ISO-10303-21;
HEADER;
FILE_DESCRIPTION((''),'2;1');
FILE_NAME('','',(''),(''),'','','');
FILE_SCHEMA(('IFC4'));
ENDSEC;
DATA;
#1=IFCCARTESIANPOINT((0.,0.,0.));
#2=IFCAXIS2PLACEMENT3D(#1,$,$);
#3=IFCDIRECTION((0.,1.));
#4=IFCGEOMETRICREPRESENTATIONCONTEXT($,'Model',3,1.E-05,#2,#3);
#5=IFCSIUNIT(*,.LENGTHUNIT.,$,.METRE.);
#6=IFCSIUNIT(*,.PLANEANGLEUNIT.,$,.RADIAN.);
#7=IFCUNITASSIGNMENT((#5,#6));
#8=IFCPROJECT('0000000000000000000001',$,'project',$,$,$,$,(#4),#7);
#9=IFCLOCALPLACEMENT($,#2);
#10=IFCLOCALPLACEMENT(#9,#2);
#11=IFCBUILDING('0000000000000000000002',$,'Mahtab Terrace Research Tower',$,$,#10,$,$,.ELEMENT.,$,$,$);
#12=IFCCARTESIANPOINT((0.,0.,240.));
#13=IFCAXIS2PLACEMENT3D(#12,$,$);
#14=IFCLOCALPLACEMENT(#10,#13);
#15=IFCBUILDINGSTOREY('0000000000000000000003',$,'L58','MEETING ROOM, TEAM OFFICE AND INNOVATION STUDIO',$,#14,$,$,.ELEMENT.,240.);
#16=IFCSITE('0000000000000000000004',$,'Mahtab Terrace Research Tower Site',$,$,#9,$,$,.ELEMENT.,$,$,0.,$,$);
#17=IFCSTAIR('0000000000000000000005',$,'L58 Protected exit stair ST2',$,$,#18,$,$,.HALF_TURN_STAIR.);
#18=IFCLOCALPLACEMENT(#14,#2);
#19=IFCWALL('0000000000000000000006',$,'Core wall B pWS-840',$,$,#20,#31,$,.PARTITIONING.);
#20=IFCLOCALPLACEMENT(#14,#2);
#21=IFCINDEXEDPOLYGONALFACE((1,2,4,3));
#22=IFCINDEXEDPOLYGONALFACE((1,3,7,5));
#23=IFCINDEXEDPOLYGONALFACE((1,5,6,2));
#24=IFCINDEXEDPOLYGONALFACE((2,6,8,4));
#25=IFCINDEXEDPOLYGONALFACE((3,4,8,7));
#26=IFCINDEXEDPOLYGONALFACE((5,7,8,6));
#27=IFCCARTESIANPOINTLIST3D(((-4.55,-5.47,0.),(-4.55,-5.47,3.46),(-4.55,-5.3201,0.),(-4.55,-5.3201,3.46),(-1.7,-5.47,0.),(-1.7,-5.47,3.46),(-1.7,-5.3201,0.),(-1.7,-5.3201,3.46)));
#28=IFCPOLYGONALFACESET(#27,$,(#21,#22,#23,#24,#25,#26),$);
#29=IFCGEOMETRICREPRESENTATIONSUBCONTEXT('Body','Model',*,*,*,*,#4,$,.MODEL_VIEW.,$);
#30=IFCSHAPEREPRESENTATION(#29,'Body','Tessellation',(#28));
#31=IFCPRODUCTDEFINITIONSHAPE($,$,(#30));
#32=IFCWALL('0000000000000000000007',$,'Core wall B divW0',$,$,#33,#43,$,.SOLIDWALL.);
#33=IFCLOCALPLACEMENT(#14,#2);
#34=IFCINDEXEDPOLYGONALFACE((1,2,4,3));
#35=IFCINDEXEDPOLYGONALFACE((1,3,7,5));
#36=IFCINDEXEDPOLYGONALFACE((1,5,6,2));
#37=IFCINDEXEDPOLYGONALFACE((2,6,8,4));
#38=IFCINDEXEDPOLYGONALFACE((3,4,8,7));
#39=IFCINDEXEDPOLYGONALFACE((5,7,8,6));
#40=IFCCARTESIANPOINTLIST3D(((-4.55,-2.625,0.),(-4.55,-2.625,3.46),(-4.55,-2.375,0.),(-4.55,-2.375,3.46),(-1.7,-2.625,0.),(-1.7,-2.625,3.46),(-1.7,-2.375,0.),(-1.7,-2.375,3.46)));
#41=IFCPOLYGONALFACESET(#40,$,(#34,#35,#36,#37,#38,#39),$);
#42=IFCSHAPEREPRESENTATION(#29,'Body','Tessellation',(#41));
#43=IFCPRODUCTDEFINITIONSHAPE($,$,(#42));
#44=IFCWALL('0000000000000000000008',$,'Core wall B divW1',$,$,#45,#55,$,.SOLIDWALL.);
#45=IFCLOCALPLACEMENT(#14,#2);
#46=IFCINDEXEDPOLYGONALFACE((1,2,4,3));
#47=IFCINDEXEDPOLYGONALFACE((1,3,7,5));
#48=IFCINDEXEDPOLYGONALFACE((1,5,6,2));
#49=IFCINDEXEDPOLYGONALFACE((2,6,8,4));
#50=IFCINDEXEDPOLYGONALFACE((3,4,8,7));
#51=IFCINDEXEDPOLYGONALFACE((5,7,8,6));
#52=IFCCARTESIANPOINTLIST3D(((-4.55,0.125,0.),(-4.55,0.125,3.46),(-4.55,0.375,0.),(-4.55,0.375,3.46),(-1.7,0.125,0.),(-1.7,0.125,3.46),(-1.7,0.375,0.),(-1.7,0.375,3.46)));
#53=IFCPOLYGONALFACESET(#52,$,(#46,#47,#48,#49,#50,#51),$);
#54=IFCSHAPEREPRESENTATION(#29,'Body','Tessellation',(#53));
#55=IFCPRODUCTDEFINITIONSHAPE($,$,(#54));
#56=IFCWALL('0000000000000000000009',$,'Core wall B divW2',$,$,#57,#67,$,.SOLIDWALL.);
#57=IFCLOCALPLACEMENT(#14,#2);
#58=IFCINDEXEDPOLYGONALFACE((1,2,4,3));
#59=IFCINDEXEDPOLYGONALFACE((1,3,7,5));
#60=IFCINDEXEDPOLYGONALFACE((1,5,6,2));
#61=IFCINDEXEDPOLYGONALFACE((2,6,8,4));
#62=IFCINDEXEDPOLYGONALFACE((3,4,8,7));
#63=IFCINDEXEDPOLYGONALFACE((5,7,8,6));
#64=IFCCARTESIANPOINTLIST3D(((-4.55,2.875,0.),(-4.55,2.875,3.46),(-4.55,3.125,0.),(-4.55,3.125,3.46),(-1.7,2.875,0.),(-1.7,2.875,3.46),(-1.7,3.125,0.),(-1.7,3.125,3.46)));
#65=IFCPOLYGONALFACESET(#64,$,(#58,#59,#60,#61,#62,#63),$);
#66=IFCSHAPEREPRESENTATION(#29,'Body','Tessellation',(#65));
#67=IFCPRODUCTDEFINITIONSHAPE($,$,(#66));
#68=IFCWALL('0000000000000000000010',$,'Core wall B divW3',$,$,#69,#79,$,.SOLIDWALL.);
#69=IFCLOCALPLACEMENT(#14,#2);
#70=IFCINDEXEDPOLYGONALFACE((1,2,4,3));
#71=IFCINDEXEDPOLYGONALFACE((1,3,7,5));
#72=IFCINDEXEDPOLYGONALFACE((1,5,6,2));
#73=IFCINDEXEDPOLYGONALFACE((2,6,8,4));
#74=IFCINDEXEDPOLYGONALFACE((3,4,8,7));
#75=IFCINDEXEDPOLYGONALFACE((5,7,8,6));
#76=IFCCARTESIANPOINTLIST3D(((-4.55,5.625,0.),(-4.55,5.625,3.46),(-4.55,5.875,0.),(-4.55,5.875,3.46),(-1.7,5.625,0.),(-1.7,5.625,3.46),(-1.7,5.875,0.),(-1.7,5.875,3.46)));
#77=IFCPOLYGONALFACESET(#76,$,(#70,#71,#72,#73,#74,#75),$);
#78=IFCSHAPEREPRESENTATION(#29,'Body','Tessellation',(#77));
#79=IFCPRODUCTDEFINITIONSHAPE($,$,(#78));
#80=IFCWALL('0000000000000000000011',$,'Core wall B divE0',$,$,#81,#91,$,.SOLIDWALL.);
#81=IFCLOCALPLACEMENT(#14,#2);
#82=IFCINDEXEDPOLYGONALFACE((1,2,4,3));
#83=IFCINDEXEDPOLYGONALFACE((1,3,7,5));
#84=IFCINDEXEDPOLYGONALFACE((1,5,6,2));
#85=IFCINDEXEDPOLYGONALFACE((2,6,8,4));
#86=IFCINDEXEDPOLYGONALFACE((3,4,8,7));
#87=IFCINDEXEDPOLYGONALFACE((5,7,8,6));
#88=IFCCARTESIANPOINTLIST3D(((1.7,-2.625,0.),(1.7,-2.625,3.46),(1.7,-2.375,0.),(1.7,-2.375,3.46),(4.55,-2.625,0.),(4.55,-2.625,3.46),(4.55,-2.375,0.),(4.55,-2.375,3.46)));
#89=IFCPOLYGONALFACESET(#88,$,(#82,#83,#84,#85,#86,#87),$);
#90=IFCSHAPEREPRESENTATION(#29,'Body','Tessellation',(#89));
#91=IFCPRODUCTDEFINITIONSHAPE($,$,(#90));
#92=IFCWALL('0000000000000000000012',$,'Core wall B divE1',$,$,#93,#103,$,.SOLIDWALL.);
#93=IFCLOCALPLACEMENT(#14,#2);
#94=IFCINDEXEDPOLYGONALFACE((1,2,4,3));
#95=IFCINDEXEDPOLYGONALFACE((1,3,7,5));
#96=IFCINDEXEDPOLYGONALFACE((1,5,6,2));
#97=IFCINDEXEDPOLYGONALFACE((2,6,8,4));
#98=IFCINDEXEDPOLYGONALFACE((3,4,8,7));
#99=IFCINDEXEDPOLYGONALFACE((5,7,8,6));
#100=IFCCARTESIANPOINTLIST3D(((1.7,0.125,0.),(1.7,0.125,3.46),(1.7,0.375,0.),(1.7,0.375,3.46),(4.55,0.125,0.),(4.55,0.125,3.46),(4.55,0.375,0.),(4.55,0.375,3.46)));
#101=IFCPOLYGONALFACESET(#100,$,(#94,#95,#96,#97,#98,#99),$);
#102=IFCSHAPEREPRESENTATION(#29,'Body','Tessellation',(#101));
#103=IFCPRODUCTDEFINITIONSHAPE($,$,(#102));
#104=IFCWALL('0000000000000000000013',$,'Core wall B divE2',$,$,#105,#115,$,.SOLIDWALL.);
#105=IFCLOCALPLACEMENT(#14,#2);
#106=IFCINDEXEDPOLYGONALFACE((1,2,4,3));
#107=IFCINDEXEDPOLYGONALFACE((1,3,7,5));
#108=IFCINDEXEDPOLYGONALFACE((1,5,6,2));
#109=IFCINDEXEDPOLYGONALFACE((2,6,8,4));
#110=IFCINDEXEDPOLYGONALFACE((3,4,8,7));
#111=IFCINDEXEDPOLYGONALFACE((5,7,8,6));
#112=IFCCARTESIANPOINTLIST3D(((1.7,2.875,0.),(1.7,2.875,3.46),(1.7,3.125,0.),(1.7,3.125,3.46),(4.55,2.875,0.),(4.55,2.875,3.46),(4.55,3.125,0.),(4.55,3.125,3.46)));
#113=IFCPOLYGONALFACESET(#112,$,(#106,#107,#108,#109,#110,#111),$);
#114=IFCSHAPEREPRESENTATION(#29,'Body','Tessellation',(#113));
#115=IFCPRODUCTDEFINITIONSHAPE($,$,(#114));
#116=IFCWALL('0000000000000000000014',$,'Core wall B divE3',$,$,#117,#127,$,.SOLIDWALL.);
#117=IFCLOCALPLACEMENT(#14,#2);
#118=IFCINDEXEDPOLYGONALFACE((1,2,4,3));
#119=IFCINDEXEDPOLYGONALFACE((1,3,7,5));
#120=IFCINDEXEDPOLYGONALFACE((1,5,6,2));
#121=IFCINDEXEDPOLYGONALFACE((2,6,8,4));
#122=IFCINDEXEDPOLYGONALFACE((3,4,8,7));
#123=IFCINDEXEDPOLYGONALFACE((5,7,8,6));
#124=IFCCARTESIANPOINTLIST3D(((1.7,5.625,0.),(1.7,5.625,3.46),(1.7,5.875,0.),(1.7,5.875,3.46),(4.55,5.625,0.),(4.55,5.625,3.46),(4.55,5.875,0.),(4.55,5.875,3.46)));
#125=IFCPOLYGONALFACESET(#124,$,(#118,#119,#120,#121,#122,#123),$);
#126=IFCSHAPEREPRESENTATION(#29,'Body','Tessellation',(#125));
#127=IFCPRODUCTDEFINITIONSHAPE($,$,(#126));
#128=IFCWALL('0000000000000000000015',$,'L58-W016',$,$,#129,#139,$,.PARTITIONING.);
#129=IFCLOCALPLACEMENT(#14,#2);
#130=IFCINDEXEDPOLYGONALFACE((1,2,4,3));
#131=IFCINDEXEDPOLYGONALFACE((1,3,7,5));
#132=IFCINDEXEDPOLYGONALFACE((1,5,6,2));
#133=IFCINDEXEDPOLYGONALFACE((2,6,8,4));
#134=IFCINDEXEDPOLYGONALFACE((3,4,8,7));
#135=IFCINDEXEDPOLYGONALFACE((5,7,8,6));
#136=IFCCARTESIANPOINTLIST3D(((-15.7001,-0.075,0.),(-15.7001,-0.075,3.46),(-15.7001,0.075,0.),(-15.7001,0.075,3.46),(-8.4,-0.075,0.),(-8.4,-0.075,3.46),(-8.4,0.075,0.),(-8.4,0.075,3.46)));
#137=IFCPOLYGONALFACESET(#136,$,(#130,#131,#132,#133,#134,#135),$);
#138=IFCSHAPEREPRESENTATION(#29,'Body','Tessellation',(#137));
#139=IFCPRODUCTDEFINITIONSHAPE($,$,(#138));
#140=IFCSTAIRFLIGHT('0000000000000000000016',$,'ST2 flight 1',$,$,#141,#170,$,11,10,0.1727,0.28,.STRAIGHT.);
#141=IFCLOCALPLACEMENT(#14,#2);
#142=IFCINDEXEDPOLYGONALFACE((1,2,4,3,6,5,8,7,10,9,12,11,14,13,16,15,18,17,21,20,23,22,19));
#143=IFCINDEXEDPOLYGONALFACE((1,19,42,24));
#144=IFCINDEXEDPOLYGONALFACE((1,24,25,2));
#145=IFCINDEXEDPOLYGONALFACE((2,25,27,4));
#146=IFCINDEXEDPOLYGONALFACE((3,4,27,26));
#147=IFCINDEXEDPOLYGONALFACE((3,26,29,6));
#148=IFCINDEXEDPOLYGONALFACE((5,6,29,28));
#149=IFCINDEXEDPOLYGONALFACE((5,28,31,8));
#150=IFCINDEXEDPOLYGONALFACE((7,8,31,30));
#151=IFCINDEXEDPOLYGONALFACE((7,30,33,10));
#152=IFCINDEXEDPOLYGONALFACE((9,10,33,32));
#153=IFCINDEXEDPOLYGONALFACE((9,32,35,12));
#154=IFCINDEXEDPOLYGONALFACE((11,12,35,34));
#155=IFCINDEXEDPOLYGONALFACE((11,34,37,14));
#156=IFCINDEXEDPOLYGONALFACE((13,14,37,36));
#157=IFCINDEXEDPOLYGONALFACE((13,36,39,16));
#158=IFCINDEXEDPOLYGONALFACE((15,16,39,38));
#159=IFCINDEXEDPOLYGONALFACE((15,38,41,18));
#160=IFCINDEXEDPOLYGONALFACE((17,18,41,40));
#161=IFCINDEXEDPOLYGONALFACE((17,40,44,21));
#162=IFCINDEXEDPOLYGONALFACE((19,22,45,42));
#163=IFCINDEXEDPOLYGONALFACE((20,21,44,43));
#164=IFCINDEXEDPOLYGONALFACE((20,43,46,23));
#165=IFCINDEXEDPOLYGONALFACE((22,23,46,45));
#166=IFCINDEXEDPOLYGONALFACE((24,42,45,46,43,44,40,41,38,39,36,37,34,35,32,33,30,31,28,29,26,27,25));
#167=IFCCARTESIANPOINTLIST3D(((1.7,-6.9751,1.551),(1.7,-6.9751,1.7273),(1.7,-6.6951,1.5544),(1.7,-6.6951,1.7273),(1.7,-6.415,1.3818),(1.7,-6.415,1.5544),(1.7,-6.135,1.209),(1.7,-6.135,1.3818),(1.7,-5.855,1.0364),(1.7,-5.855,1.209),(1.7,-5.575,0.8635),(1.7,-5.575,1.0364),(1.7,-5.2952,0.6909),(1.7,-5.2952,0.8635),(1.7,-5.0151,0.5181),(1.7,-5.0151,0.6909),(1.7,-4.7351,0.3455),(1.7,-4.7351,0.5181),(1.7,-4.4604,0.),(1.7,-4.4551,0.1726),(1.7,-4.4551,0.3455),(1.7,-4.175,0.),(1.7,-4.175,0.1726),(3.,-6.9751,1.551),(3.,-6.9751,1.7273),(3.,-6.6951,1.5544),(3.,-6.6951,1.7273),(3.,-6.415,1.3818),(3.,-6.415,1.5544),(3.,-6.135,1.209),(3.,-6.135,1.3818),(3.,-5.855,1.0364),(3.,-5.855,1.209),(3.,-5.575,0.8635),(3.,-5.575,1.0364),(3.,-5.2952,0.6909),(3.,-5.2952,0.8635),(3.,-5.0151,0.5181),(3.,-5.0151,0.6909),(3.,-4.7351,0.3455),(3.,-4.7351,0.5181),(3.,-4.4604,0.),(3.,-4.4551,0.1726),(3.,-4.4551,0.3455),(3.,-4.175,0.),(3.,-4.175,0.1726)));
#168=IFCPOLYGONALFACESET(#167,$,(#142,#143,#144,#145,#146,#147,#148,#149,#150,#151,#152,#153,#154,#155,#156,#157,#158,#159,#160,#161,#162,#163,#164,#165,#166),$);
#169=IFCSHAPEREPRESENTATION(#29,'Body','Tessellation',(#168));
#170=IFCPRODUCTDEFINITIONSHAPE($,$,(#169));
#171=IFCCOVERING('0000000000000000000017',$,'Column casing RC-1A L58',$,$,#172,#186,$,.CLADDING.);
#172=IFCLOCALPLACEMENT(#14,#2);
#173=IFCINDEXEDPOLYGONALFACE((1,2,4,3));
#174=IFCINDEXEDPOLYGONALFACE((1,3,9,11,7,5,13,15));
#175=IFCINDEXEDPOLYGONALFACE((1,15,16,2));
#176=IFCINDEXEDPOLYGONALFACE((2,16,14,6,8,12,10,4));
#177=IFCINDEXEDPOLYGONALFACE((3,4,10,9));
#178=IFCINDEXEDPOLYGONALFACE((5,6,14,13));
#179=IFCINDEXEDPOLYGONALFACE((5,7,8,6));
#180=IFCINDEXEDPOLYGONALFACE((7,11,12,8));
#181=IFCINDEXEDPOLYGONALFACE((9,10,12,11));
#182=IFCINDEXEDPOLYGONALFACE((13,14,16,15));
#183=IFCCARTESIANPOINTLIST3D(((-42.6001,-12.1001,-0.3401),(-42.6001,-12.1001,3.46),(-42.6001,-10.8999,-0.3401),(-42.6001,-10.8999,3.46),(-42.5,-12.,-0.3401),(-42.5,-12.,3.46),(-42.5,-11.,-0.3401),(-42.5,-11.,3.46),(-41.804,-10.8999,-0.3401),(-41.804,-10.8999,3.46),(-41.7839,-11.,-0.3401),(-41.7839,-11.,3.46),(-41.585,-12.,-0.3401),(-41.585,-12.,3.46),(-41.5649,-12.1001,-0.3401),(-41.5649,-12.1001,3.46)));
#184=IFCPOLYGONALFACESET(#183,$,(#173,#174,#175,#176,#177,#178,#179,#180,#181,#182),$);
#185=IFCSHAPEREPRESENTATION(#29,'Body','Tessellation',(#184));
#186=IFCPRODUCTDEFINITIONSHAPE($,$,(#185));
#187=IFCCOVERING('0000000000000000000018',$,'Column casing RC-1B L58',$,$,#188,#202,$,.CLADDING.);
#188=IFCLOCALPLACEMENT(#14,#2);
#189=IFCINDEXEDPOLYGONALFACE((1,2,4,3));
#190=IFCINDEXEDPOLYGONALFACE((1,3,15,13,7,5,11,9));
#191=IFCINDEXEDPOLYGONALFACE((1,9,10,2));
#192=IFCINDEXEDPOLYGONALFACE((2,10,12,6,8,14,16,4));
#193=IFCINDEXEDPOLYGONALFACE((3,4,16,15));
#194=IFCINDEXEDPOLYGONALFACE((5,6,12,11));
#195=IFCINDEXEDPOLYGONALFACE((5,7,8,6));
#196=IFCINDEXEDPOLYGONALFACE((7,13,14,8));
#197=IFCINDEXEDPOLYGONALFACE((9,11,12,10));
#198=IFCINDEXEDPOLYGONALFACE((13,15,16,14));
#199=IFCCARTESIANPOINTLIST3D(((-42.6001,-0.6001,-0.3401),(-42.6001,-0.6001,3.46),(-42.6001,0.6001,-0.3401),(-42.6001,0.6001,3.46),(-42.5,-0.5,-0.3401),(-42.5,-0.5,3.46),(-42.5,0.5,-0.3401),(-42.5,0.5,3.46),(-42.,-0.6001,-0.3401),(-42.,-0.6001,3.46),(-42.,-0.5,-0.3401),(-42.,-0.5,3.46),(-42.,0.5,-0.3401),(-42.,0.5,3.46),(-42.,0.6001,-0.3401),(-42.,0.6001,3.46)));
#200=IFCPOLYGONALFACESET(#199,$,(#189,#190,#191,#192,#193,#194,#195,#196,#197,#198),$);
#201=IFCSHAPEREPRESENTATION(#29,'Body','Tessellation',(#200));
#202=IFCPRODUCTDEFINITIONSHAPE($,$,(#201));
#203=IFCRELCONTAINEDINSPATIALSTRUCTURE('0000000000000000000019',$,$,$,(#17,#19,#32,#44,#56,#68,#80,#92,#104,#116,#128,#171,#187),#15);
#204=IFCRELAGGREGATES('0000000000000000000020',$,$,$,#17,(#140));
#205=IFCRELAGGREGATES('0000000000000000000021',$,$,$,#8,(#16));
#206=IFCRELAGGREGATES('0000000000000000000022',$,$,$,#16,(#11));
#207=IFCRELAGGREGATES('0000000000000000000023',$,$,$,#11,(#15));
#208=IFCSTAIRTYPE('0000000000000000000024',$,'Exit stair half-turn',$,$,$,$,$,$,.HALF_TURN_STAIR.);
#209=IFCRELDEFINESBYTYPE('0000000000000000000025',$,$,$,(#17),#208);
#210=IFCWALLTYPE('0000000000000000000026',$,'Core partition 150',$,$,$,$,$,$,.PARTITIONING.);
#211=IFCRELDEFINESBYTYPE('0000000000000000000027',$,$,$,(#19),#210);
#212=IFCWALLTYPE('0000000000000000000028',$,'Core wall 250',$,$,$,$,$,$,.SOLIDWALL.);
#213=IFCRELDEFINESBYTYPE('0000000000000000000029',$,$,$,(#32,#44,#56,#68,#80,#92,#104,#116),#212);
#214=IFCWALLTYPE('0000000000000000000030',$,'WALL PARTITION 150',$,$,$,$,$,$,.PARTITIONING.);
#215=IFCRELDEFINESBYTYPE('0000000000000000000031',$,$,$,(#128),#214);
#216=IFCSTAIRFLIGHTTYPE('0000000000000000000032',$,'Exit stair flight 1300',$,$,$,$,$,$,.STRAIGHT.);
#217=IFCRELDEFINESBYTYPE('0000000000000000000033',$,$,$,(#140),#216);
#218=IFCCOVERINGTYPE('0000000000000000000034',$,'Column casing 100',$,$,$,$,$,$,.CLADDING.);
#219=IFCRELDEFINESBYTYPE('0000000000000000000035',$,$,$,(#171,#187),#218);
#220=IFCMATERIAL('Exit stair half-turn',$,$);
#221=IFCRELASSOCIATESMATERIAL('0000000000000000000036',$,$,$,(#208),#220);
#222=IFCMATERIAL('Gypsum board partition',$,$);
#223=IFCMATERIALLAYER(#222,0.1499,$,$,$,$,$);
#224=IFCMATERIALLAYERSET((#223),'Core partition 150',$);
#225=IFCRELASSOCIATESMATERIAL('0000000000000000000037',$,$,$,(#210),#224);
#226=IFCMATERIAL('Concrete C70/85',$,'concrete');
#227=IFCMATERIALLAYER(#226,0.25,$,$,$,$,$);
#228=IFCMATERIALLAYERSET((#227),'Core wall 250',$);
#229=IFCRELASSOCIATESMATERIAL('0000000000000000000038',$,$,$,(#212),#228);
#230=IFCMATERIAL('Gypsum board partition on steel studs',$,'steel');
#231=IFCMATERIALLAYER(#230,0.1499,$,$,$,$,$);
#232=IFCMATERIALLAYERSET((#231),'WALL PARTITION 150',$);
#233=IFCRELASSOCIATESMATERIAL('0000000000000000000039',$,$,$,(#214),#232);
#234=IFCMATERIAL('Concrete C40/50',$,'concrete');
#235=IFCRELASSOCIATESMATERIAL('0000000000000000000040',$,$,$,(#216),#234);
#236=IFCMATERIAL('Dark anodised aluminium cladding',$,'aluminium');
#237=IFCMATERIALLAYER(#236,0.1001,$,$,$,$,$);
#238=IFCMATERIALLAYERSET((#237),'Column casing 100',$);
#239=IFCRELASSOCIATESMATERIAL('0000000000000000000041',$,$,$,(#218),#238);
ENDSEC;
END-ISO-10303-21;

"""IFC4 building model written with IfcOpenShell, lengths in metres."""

from ifc_helpers import new_model, si_unit, direction, frame, frame_2d, origin, place, context, subcontext, project, spatial, polyline, rectangle, outline, extrude, material, layer, layer_set, type_object, element, aggregate, save


model = new_model("IFC4")

# Units and contexts
model_context = context("Model", 3, precision=1e-05, world=origin(), true_north=direction((0.0, 1.0)))
body_context = subcontext(model_context, "Body", "Model", "MODEL_VIEW")
ifc_project = project(units=[si_unit("LENGTHUNIT", "METRE"), si_unit("PLANEANGLEUNIT", "RADIAN")], contexts=[model_context])

# Site, building, storey
site_placement = place(None, origin())
site = spatial("IfcSite", under=ifc_project, at=site_placement, Name="Mahtab Terrace Research Tower Site", CompositionType="ELEMENT", RefElevation=0.0)
building_placement = place(site_placement, origin())
building = spatial("IfcBuilding", under=site, at=building_placement, Name="Mahtab Terrace Research Tower", CompositionType="ELEMENT")
storey_placement = place(building_placement, frame((0.0, 0.0, 240.0)))
storey = spatial("IfcBuildingStorey", under=building, at=storey_placement, Name="L58", Description="MEETING ROOM, TEAM OFFICE AND INNOVATION STUDIO", CompositionType="ELEMENT", Elevation=240.0)

# Shared definitions
ifc_material_1 = material(Name="Concrete C70/85", Category="concrete")

# Stair
ifc_material_2 = material(Name="Exit stair half-turn")
stair_type = type_object("IfcStairType", Name="Exit stair half-turn", PredefinedType="HALF_TURN_STAIR", material=ifc_material_2)
ifc_material_3 = material(Name="Concrete C40/50", Category="concrete")
stair_1_placement = place(storey_placement, origin())
stair_1 = element("IfcStair", 1, at=stair_1_placement, inside=storey, type_object=stair_type, Name="L58 Protected exit stair ST2", PredefinedType="HALF_TURN_STAIR")

# Walls
ifc_material_4 = material(Name="Gypsum board partition")
ifc_layer_1 = layer(ifc_material_4, 0.1499)
ifc_layer_set_1 = layer_set([ifc_layer_1], Name="Core partition 150")
wall_type_1 = type_object("IfcWallType", Name="Core partition 150", PredefinedType="PARTITIONING", material=ifc_layer_set_1)
wall_1_placement = place(storey_placement, frame((-4.55, -5.395, 0.0), z_axis=(0.0, 0.0, 1.0), x_axis=(1.0, 0.0, 0.0)))
element("IfcWall", 2, at=wall_1_placement, inside=storey, type_object=wall_type_1, Name="Core wall B pWS-840", PredefinedType="PARTITIONING", context=body_context, shape_type="SweptSolid", body=[
    extrude(rectangle(XDim=2.8501, YDim=0.1499, at=frame_2d((1.425, 0.0))), origin(), (0.0, 0.0, 1.0), 3.46),
])
ifc_layer_2 = layer(ifc_material_1, 0.25)
ifc_layer_set_2 = layer_set([ifc_layer_2], Name="Core wall 250")
wall_type_2 = type_object("IfcWallType", Name="Core wall 250", PredefinedType="SOLIDWALL", material=ifc_layer_set_2)
for number, where, z_axis, x_axis, name in (
    (3, (-4.55, -2.5, 0.0), (0.0, 0.0, 1.0), (1.0, 0.0, 0.0), "Core wall B divW0"),
    (4, (-4.55, 0.25, 0.0), (0.0, 0.0, 1.0), (1.0, 0.0, 0.0), "Core wall B divW1"),
    (5, (-4.55, 3.0, 0.0), (0.0, 0.0, 1.0), (1.0, 0.0, 0.0), "Core wall B divW2"),
    (6, (-4.55, 5.75, 0.0), (0.0, 0.0, 1.0), (1.0, 0.0, 0.0), "Core wall B divW3"),
    (7, (1.7, -2.5, 0.0), (0.0, 0.0, 1.0), (1.0, 0.0, 0.0), "Core wall B divE0"),
    (8, (1.7, 0.25, 0.0), (0.0, 0.0, 1.0), (1.0, 0.0, 0.0), "Core wall B divE1"),
    (9, (1.7, 3.0, 0.0), (0.0, 0.0, 1.0), (1.0, 0.0, 0.0), "Core wall B divE2"),
    (10, (1.7, 5.75, 0.0), (0.0, 0.0, 1.0), (1.0, 0.0, 0.0), "Core wall B divE3"),
):
    element("IfcWall", number, at=place(storey_placement, frame(where, z_axis=z_axis, x_axis=x_axis)), inside=storey, type_object=wall_type_2, Name=name, PredefinedType="SOLIDWALL", context=body_context, shape_type="SweptSolid", body=[
        extrude(rectangle(XDim=2.8501, YDim=0.25, at=frame_2d((1.425, 0.0))), origin(), (0.0, 0.0, 1.0), 3.46),
    ])
ifc_material_5 = material(Name="Gypsum board partition on steel studs", Category="steel")
ifc_layer_3 = layer(ifc_material_5, 0.1499)
ifc_layer_set_3 = layer_set([ifc_layer_3], Name="WALL PARTITION 150")
wall_type_3 = type_object("IfcWallType", Name="WALL PARTITION 150", PredefinedType="PARTITIONING", material=ifc_layer_set_3)
wall_2_placement = place(storey_placement, frame((-15.7, 0.0, 0.0), z_axis=(0.0, 0.0, 1.0), x_axis=(1.0, 0.0, 0.0)))
element("IfcWall", 11, at=wall_2_placement, inside=storey, type_object=wall_type_3, Name="L58-W016", PredefinedType="PARTITIONING", context=body_context, shape_type="SweptSolid", body=[
    extrude(rectangle(XDim=7.3, YDim=0.1499, at=frame_2d((3.6499, 0.0))), origin(), (0.0, 0.0, 1.0), 3.46),
])

# Stair flight
stair_flight_type = type_object("IfcStairFlightType", Name="Exit stair flight 1300", PredefinedType="STRAIGHT", material=ifc_material_3)
stair_flight_placement = place(storey_placement, frame((2.3501, -4.175, 0.0), z_axis=(0.0, 0.0, 1.0), x_axis=(0.0, -1.0, 0.0)))
stair_flight = element("IfcStairFlight", 12, at=stair_flight_placement, type_object=stair_flight_type, Name="ST2 flight 1", NumberOfRisers=11, NumberOfTreads=10, PredefinedType="STRAIGHT", RiserHeight=0.1727, TreadLength=0.28, context=body_context, shape_type="SweptSolid", body=[
    extrude(outline(polyline([(0.0, 0.0), (0.0, 0.1726), (0.28, 0.1726), (0.28, 0.3455), (0.5601, 0.3455), (0.5601, 0.5181), (0.8401, 0.5181), (0.8401, 0.6909), (1.1201, 0.6909), (1.1201, 0.8635), (1.3999, 0.8635), (1.3999, 1.0364), (1.6799, 1.0364), (1.6799, 1.209), (1.96, 1.209), (1.96, 1.3818), (2.24, 1.3818), (2.24, 1.5544), (2.52, 1.5544), (2.52, 1.7273), (2.8, 1.7273), (2.8, 1.8999), (2.8, 1.551), (0.2854, 0.0), (0.0, 0.0)])), frame((0.0, 0.6499, 0.0), z_axis=(0.0, -1.0, 0.0), x_axis=(1.0, 0.0, 0.0)), (0.0, 0.0, 1.0), 1.3),
])
aggregate(stair_1, [stair_flight])

# Coverings
ifc_material_6 = material(Name="Dark anodised aluminium cladding", Category="aluminium")
ifc_layer_4 = layer(ifc_material_6, 0.1001)
ifc_layer_set_4 = layer_set([ifc_layer_4], Name="Column casing 100")
covering_type_1 = type_object("IfcCoveringType", Name="Column casing 100", PredefinedType="CLADDING", material=ifc_layer_set_4)
covering_1_placement = place(storey_placement, frame((0.0, 0.0, -0.3401)))
element("IfcCovering", 13, at=covering_1_placement, inside=storey, type_object=covering_type_1, Name="Column casing RC-1A L58", PredefinedType="CLADDING", context=body_context, shape_type="SweptSolid", body=[
    extrude(outline(polyline([(-42.6001, -10.8999), (-41.804, -10.8999), (-41.7839, -11.0), (-42.5, -11.0), (-42.5, -12.0), (-41.585, -12.0), (-41.5649, -12.1001), (-42.6001, -12.1001), (-42.6001, -10.8999)])), origin(), (0.0, 0.0, 1.0), 3.8),
])
covering_2_placement = place(storey_placement, frame((0.0, 0.0, -0.3401)))
element("IfcCovering", 14, at=covering_2_placement, inside=storey, type_object=covering_type_1, Name="Column casing RC-1B L58", PredefinedType="CLADDING", context=body_context, shape_type="SweptSolid", body=[
    extrude(outline(polyline([(-42.6001, 0.6001), (-42.0, 0.6001), (-42.0, 0.5), (-42.5, 0.5), (-42.5, -0.5), (-42.0, -0.5), (-42.0, -0.6001), (-42.6001, -0.6001), (-42.6001, 0.6001)])), origin(), (0.0, 0.0, 1.0), 3.8),
])

save(model, "model.ifc")
